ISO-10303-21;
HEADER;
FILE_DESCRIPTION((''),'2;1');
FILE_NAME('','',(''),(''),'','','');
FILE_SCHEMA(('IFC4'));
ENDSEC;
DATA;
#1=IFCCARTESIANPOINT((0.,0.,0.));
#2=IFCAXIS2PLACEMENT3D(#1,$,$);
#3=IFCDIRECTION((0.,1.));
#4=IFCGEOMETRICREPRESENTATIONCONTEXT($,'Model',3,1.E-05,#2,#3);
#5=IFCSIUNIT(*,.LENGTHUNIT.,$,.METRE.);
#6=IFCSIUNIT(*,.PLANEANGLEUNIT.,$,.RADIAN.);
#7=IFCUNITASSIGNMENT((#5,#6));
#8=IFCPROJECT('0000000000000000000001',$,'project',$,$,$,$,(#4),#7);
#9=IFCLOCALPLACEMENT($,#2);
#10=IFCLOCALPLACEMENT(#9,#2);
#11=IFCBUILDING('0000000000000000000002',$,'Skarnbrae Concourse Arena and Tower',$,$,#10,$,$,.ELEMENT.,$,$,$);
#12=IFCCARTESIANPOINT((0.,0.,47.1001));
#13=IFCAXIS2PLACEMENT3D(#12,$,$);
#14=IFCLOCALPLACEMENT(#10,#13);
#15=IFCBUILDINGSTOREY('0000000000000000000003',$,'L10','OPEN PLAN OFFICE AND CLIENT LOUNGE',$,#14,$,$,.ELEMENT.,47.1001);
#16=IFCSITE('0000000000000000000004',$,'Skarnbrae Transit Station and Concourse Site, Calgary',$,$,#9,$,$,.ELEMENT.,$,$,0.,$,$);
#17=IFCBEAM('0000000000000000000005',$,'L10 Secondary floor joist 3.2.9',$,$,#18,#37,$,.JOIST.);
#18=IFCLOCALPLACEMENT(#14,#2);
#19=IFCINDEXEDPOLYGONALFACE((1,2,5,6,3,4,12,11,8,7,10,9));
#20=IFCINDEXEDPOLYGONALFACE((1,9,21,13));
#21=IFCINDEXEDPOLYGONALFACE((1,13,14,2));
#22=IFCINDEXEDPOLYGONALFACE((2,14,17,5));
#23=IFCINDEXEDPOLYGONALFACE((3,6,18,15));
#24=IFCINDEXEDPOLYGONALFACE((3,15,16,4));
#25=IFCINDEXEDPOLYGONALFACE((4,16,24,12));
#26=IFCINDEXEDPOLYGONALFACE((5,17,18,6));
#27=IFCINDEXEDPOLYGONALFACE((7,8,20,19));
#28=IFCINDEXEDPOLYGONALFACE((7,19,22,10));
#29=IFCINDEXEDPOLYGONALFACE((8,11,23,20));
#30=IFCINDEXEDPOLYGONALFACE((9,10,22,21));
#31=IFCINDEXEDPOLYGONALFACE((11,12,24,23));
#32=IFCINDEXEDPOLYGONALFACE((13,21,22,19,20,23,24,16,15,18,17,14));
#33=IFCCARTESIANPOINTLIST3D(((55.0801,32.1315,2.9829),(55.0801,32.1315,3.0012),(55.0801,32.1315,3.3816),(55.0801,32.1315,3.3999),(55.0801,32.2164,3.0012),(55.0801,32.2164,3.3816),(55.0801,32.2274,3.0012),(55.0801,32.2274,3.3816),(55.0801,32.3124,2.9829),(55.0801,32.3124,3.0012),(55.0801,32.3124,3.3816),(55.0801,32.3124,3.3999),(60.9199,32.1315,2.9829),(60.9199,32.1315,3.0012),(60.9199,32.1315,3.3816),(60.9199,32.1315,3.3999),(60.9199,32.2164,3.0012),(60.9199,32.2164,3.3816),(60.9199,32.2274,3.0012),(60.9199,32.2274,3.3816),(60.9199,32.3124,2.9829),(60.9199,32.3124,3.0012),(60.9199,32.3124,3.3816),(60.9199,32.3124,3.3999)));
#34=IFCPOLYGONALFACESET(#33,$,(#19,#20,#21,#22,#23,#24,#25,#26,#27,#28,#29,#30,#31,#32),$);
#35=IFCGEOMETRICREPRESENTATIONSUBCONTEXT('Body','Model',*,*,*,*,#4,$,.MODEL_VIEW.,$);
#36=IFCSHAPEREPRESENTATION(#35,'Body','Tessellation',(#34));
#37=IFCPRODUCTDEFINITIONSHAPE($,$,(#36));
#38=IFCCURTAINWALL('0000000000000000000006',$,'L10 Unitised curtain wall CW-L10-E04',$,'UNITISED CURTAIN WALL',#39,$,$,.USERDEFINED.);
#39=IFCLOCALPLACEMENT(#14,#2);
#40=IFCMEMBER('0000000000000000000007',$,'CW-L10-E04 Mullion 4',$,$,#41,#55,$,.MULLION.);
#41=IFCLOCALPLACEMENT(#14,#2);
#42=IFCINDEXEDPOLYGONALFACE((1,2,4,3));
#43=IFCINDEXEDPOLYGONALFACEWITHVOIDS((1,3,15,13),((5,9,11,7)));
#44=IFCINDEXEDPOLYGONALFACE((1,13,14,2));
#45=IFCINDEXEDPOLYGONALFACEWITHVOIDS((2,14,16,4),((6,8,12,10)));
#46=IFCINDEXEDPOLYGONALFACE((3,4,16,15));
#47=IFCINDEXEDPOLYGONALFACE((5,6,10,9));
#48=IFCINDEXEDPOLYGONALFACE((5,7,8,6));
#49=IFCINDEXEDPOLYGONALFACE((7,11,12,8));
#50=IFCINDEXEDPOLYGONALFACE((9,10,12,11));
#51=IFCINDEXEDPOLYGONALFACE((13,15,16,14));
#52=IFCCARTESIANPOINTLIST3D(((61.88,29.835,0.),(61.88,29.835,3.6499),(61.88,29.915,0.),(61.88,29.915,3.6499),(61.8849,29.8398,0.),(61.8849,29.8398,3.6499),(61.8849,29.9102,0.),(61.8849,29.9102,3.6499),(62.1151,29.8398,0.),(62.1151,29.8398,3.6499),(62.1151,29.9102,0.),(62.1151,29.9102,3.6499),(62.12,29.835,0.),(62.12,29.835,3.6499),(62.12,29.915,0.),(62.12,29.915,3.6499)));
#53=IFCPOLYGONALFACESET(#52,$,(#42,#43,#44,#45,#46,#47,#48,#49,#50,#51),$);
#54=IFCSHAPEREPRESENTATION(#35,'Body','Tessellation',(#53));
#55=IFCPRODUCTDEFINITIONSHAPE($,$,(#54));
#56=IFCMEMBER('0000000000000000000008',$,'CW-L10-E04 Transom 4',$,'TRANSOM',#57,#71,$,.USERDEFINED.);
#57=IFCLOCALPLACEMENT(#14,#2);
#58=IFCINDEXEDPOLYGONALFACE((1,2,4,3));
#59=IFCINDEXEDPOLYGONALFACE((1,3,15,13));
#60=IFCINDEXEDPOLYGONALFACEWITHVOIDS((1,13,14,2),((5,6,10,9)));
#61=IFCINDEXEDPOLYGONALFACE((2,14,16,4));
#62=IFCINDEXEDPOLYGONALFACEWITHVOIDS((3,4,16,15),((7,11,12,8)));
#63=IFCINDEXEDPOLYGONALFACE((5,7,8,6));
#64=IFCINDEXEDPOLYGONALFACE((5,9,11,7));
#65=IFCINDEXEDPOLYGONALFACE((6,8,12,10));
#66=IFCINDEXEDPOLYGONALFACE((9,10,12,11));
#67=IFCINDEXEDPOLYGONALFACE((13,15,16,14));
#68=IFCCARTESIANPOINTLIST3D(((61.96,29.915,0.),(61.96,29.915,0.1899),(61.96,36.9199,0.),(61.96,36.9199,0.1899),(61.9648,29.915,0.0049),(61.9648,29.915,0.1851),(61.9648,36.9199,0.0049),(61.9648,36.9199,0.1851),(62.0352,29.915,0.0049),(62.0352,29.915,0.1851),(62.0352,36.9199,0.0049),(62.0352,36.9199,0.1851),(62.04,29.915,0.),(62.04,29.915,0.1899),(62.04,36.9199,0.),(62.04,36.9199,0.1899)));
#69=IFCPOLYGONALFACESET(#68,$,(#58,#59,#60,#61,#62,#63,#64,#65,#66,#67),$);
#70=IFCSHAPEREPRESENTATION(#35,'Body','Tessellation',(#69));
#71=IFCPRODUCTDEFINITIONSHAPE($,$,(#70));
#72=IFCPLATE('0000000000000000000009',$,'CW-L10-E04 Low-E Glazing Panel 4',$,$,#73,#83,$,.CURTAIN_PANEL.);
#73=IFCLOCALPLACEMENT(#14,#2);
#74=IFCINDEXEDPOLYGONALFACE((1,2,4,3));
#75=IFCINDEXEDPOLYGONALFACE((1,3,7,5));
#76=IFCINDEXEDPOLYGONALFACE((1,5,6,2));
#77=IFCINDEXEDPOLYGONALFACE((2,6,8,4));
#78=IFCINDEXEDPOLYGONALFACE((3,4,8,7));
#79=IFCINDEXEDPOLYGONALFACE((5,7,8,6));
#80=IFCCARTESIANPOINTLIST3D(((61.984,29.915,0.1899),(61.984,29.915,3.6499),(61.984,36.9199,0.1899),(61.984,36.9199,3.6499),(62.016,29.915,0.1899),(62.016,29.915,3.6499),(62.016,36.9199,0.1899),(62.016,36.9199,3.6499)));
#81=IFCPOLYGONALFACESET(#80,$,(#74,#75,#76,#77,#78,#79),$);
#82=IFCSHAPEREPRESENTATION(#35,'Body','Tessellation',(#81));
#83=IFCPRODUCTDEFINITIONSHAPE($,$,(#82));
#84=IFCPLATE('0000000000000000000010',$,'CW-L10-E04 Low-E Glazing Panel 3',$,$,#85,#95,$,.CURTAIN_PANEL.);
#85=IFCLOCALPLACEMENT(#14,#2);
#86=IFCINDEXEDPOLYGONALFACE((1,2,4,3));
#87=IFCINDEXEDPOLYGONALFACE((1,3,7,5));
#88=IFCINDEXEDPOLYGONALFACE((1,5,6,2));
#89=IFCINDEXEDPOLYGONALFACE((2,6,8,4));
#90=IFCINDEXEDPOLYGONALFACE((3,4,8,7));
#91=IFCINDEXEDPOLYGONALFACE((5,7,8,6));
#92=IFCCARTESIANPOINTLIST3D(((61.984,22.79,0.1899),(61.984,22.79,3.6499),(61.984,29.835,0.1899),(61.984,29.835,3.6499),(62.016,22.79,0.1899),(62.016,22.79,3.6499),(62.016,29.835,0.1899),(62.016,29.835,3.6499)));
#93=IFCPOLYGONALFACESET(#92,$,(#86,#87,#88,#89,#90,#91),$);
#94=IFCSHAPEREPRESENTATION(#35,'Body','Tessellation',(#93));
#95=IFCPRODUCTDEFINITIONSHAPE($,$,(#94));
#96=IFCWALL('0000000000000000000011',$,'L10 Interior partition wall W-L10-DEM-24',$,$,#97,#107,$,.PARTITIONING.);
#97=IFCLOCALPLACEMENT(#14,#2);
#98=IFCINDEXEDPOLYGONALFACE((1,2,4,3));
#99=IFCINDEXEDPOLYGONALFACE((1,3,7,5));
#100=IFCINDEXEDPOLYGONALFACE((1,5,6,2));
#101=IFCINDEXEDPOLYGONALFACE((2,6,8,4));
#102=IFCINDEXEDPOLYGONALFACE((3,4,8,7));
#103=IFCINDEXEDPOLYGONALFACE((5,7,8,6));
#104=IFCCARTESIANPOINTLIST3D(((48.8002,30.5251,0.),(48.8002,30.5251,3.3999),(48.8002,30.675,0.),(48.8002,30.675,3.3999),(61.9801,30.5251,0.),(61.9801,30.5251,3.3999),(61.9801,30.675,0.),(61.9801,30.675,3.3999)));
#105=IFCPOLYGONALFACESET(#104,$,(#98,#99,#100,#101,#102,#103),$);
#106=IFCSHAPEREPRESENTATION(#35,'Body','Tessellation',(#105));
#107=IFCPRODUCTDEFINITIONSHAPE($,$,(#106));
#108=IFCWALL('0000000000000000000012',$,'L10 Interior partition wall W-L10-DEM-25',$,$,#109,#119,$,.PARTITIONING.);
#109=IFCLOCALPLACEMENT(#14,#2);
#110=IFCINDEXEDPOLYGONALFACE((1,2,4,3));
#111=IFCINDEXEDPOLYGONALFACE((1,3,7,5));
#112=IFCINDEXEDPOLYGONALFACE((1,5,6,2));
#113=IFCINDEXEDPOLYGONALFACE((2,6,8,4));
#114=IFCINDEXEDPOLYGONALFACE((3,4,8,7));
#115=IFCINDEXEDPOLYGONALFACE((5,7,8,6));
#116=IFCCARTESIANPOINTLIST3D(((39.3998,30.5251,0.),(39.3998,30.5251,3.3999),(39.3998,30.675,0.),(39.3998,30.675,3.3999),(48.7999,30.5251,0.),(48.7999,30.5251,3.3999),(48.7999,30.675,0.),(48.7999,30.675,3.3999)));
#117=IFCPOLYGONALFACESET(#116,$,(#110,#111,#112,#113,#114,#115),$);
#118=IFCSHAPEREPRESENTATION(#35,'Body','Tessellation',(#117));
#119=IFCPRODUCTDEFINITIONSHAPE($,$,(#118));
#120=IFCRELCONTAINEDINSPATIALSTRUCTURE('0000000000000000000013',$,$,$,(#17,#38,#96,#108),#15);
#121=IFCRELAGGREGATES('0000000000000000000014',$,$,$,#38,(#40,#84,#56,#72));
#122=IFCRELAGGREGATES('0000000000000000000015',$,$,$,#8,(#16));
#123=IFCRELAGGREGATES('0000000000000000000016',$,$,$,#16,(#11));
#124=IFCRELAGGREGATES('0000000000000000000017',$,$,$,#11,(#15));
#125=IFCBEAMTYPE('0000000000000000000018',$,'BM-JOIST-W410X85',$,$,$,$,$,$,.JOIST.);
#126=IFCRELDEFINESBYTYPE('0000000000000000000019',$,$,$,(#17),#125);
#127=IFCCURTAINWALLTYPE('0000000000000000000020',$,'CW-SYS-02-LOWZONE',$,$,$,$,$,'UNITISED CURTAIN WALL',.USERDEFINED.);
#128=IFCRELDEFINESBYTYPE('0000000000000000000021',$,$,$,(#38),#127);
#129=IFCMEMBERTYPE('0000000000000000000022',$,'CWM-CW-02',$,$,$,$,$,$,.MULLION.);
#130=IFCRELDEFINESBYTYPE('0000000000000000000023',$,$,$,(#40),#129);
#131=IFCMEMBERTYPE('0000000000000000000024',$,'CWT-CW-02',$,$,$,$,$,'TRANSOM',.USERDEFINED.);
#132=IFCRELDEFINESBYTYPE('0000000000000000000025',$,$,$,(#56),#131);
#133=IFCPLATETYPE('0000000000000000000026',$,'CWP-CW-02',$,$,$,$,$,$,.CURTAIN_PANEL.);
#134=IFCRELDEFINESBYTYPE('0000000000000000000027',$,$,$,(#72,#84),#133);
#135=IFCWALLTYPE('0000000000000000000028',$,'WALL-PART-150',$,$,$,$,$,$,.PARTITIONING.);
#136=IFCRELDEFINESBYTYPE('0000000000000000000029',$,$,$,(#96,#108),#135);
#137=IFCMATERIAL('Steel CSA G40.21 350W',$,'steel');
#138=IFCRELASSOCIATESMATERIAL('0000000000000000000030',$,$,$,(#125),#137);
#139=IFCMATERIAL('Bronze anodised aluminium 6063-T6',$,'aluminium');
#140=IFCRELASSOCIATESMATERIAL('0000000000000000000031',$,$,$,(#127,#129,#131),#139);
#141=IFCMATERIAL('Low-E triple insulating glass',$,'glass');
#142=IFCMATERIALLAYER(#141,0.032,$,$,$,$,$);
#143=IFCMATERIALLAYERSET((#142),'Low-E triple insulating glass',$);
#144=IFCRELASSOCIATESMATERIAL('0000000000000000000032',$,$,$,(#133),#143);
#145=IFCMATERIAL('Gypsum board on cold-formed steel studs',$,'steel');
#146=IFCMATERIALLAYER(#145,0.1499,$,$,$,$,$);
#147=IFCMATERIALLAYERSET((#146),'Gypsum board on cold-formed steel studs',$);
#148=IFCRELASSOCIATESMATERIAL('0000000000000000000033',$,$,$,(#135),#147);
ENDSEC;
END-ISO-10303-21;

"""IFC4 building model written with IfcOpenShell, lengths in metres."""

from ifc_helpers import new_model, si_unit, direction, frame, frame_2d, origin, origin_2d, place, context, subcontext, project, spatial, rectangle, hollow_rectangle, i_section, extrude, source, transform, mapped, material, layer, layer_set, material_profile, profile_set, type_object, element, aggregate, save


model = new_model("IFC4")

# Units and contexts
model_context = context("Model", 3, precision=1e-05, world=origin(), true_north=direction((0.0, 1.0)))
body_context = subcontext(model_context, "Body", "Model", "MODEL_VIEW")
ifc_project = project(units=[si_unit("LENGTHUNIT", "METRE"), si_unit("PLANEANGLEUNIT", "RADIAN")], contexts=[model_context])

# Site, building, storey
site_placement = place(None, origin())
site = spatial("IfcSite", under=ifc_project, at=site_placement, Name="Skarnbrae Transit Station and Concourse Site, Calgary", CompositionType="ELEMENT", RefElevation=0.0)
building_placement = place(site_placement, origin())
building = spatial("IfcBuilding", under=site, at=building_placement, Name="Skarnbrae Concourse Arena and Tower", CompositionType="ELEMENT")
storey_placement = place(building_placement, frame((0.0, 0.0, 47.1001)))
storey = spatial("IfcBuildingStorey", under=building, at=storey_placement, Name="L10", Description="OPEN PLAN OFFICE AND CLIENT LOUNGE", CompositionType="ELEMENT", Elevation=47.1001)

# Shared definitions
ifc_material_1 = material(Name="Steel CSA G40.21 350W", Category="steel")

# Beam
ifc_material_profile_1 = material_profile(ifc_material_1, i_section(OverallWidth=0.1809, OverallDepth=0.417, WebThickness=0.011, FlangeThickness=0.0183, at=origin_2d()), Name="W410X85")
ifc_profile_set_1 = profile_set([ifc_material_profile_1], Name="Steel CSA G40.21 350W")
beam_type_1 = type_object("IfcBeamType", Name="BM-JOIST-W410X85", PredefinedType="JOIST", material=ifc_profile_set_1)
shared_shape_1 = source(origin(), body_context, "Body", "SweptSolid", [
    extrude(i_section(OverallWidth=0.1809, OverallDepth=0.417, WebThickness=0.011, FlangeThickness=0.0183, at=origin_2d()), origin(), (0.0, 0.0, 1.0), 5.8398),
])
for number, where, z_axis, x_axis, name in (
    (1, (55.0801, 32.2219, 3.1914), (1.0, 0.0, 0.0), (0.0, 1.0, 0.0), "L10 Secondary floor joist 3.2.9"),
):
    element("IfcBeam", number, at=place(storey_placement, frame(where, z_axis=z_axis, x_axis=x_axis)), inside=storey, type_object=beam_type_1, Name=name, PredefinedType="JOIST", context=body_context, shape_type="MappedRepresentation", body=[
        mapped(shared_shape_1, transform((0.0, 0.0, 0.0))),
    ])

# Curtain wall, members, plates
ifc_material_2 = material(Name="Bronze anodised aluminium 6063-T6", Category="aluminium")
curtain_wall_type = type_object("IfcCurtainWallType", Name="CW-SYS-02-LOWZONE", ElementType="UNITISED CURTAIN WALL", PredefinedType="USERDEFINED", material=ifc_material_2)
curtain_wall_placement = place(storey_placement, origin())
curtain_wall = element("IfcCurtainWall", 2, at=curtain_wall_placement, inside=storey, type_object=curtain_wall_type, Name="L10 Unitised curtain wall CW-L10-E04", ObjectType="UNITISED CURTAIN WALL", PredefinedType="USERDEFINED")
ifc_material_profile_2 = material_profile(ifc_material_2, hollow_rectangle(XDim=0.0801, YDim=0.24, WallThickness=0.0049, at=origin_2d()), Name="ALU-MULL-80X240")
ifc_profile_set_2 = profile_set([ifc_material_profile_2], Name="Bronze anodised aluminium 6063-T6")
member_type_1 = type_object("IfcMemberType", Name="CWM-CW-02", PredefinedType="MULLION", material=ifc_profile_set_2)
shared_shape_2 = source(origin(), body_context, "Body", "SweptSolid", [
    extrude(hollow_rectangle(XDim=0.0801, YDim=0.24, WallThickness=0.0049, at=origin_2d()), origin(), (0.0, 0.0, 1.0), 3.6499),
])
member_1_placement = place(storey_placement, frame((62.0, 29.875, 0.0), z_axis=(0.0, 0.0, 1.0), x_axis=(0.0, 1.0, 0.0)))
member_1 = element("IfcMember", 3, at=member_1_placement, type_object=member_type_1, Name="CW-L10-E04 Mullion 4", PredefinedType="MULLION", context=body_context, shape_type="MappedRepresentation", body=[
    mapped(shared_shape_2, transform((0.0, 0.0, 0.0))),
])
ifc_material_profile_3 = material_profile(ifc_material_2, hollow_rectangle(XDim=0.0801, YDim=0.1899, WallThickness=0.0049, at=origin_2d()), Name="ALU-TRAN-80X190")
ifc_profile_set_3 = profile_set([ifc_material_profile_3], Name="Bronze anodised aluminium 6063-T6")
member_type_2 = type_object("IfcMemberType", Name="CWT-CW-02", ElementType="TRANSOM", PredefinedType="USERDEFINED", material=ifc_profile_set_3)
shared_shape_3 = source(origin(), body_context, "Body", "SweptSolid", [
    extrude(hollow_rectangle(XDim=0.0801, YDim=0.1899, WallThickness=0.0049, at=origin_2d()), origin(), (0.0, 0.0, 1.0), 7.0049),
])
member_2_placement = place(storey_placement, frame((62.0, 29.915, 0.095), z_axis=(0.0, 1.0, 0.0), x_axis=(-1.0, 0.0, 0.0)))
member_2 = element("IfcMember", 4, at=member_2_placement, type_object=member_type_2, Name="CW-L10-E04 Transom 4", ObjectType="TRANSOM", PredefinedType="USERDEFINED", context=body_context, shape_type="MappedRepresentation", body=[
    mapped(shared_shape_3, transform((0.0, 0.0, 0.0))),
])
ifc_material_3 = material(Name="Low-E triple insulating glass", Category="glass")
ifc_layer_1 = layer(ifc_material_3, 0.032)
ifc_layer_set_1 = layer_set([ifc_layer_1], Name="Low-E triple insulating glass")
plate_type = type_object("IfcPlateType", Name="CWP-CW-02", PredefinedType="CURTAIN_PANEL", material=ifc_layer_set_1)
shared_shape_4 = source(origin(), body_context, "Body", "SweptSolid", [
    extrude(rectangle(XDim=7.0049, YDim=0.032, at=origin_2d()), origin(), (0.0, 0.0, 1.0), 3.46),
])
plate_1_placement = place(storey_placement, frame((62.0, 33.4175, 0.1899), z_axis=(0.0, 0.0, 1.0), x_axis=(0.0, 1.0, 0.0)))
plate_1 = element("IfcPlate", 5, at=plate_1_placement, type_object=plate_type, Name="CW-L10-E04 Low-E Glazing Panel 4", PredefinedType="CURTAIN_PANEL", context=body_context, shape_type="MappedRepresentation", body=[
    mapped(shared_shape_4, transform((0.0, 0.0, 0.0))),
])
shared_shape_5 = source(origin(), body_context, "Body", "SweptSolid", [
    extrude(rectangle(XDim=7.0449, YDim=0.032, at=origin_2d()), origin(), (0.0, 0.0, 1.0), 3.46),
])
plate_2_placement = place(storey_placement, frame((62.0, 26.3125, 0.1899), z_axis=(0.0, 0.0, 1.0), x_axis=(0.0, 1.0, 0.0)))
plate_2 = element("IfcPlate", 6, at=plate_2_placement, type_object=plate_type, Name="CW-L10-E04 Low-E Glazing Panel 3", PredefinedType="CURTAIN_PANEL", context=body_context, shape_type="MappedRepresentation", body=[
    mapped(shared_shape_5, transform((0.0, 0.0, 0.0))),
])
aggregate(curtain_wall, [member_1, plate_2, member_2, plate_1])

# Walls
ifc_material_4 = material(Name="Gypsum board on cold-formed steel studs", Category="steel")
ifc_layer_2 = layer(ifc_material_4, 0.1499)
ifc_layer_set_2 = layer_set([ifc_layer_2], Name="Gypsum board on cold-formed steel studs")
wall_type = type_object("IfcWallType", Name="WALL-PART-150", PredefinedType="PARTITIONING", material=ifc_layer_set_2)
shared_shape_6 = source(origin(), body_context, "Body", "SweptSolid", [
    extrude(rectangle(XDim=13.1799, YDim=0.1499, at=frame_2d((6.5898, 0.0))), origin(), (0.0, 0.0, 1.0), 3.3999),
])
wall_1_placement = place(storey_placement, frame((61.98, 30.6001, 0.0), z_axis=(0.0, 0.0, 1.0), x_axis=(-1.0, 0.0, 0.0)))
element("IfcWall", 7, at=wall_1_placement, inside=storey, type_object=wall_type, Name="L10 Interior partition wall W-L10-DEM-24", PredefinedType="PARTITIONING", context=body_context, shape_type="MappedRepresentation", body=[
    mapped(shared_shape_6, transform((0.0, 0.0, 0.0))),
])
shared_shape_7 = source(origin(), body_context, "Body", "SweptSolid", [
    extrude(rectangle(XDim=9.4001, YDim=0.1499, at=frame_2d((4.7002, 0.0))), origin(), (0.0, 0.0, 1.0), 3.3999),
])
wall_2_placement = place(storey_placement, frame((48.8, 30.6001, 0.0), z_axis=(0.0, 0.0, 1.0), x_axis=(-1.0, 0.0, 0.0)))
element("IfcWall", 8, at=wall_2_placement, inside=storey, type_object=wall_type, Name="L10 Interior partition wall W-L10-DEM-25", PredefinedType="PARTITIONING", context=body_context, shape_type="MappedRepresentation", body=[
    mapped(shared_shape_7, transform((0.0, 0.0, 0.0))),
])

save(model, "model.ifc")
